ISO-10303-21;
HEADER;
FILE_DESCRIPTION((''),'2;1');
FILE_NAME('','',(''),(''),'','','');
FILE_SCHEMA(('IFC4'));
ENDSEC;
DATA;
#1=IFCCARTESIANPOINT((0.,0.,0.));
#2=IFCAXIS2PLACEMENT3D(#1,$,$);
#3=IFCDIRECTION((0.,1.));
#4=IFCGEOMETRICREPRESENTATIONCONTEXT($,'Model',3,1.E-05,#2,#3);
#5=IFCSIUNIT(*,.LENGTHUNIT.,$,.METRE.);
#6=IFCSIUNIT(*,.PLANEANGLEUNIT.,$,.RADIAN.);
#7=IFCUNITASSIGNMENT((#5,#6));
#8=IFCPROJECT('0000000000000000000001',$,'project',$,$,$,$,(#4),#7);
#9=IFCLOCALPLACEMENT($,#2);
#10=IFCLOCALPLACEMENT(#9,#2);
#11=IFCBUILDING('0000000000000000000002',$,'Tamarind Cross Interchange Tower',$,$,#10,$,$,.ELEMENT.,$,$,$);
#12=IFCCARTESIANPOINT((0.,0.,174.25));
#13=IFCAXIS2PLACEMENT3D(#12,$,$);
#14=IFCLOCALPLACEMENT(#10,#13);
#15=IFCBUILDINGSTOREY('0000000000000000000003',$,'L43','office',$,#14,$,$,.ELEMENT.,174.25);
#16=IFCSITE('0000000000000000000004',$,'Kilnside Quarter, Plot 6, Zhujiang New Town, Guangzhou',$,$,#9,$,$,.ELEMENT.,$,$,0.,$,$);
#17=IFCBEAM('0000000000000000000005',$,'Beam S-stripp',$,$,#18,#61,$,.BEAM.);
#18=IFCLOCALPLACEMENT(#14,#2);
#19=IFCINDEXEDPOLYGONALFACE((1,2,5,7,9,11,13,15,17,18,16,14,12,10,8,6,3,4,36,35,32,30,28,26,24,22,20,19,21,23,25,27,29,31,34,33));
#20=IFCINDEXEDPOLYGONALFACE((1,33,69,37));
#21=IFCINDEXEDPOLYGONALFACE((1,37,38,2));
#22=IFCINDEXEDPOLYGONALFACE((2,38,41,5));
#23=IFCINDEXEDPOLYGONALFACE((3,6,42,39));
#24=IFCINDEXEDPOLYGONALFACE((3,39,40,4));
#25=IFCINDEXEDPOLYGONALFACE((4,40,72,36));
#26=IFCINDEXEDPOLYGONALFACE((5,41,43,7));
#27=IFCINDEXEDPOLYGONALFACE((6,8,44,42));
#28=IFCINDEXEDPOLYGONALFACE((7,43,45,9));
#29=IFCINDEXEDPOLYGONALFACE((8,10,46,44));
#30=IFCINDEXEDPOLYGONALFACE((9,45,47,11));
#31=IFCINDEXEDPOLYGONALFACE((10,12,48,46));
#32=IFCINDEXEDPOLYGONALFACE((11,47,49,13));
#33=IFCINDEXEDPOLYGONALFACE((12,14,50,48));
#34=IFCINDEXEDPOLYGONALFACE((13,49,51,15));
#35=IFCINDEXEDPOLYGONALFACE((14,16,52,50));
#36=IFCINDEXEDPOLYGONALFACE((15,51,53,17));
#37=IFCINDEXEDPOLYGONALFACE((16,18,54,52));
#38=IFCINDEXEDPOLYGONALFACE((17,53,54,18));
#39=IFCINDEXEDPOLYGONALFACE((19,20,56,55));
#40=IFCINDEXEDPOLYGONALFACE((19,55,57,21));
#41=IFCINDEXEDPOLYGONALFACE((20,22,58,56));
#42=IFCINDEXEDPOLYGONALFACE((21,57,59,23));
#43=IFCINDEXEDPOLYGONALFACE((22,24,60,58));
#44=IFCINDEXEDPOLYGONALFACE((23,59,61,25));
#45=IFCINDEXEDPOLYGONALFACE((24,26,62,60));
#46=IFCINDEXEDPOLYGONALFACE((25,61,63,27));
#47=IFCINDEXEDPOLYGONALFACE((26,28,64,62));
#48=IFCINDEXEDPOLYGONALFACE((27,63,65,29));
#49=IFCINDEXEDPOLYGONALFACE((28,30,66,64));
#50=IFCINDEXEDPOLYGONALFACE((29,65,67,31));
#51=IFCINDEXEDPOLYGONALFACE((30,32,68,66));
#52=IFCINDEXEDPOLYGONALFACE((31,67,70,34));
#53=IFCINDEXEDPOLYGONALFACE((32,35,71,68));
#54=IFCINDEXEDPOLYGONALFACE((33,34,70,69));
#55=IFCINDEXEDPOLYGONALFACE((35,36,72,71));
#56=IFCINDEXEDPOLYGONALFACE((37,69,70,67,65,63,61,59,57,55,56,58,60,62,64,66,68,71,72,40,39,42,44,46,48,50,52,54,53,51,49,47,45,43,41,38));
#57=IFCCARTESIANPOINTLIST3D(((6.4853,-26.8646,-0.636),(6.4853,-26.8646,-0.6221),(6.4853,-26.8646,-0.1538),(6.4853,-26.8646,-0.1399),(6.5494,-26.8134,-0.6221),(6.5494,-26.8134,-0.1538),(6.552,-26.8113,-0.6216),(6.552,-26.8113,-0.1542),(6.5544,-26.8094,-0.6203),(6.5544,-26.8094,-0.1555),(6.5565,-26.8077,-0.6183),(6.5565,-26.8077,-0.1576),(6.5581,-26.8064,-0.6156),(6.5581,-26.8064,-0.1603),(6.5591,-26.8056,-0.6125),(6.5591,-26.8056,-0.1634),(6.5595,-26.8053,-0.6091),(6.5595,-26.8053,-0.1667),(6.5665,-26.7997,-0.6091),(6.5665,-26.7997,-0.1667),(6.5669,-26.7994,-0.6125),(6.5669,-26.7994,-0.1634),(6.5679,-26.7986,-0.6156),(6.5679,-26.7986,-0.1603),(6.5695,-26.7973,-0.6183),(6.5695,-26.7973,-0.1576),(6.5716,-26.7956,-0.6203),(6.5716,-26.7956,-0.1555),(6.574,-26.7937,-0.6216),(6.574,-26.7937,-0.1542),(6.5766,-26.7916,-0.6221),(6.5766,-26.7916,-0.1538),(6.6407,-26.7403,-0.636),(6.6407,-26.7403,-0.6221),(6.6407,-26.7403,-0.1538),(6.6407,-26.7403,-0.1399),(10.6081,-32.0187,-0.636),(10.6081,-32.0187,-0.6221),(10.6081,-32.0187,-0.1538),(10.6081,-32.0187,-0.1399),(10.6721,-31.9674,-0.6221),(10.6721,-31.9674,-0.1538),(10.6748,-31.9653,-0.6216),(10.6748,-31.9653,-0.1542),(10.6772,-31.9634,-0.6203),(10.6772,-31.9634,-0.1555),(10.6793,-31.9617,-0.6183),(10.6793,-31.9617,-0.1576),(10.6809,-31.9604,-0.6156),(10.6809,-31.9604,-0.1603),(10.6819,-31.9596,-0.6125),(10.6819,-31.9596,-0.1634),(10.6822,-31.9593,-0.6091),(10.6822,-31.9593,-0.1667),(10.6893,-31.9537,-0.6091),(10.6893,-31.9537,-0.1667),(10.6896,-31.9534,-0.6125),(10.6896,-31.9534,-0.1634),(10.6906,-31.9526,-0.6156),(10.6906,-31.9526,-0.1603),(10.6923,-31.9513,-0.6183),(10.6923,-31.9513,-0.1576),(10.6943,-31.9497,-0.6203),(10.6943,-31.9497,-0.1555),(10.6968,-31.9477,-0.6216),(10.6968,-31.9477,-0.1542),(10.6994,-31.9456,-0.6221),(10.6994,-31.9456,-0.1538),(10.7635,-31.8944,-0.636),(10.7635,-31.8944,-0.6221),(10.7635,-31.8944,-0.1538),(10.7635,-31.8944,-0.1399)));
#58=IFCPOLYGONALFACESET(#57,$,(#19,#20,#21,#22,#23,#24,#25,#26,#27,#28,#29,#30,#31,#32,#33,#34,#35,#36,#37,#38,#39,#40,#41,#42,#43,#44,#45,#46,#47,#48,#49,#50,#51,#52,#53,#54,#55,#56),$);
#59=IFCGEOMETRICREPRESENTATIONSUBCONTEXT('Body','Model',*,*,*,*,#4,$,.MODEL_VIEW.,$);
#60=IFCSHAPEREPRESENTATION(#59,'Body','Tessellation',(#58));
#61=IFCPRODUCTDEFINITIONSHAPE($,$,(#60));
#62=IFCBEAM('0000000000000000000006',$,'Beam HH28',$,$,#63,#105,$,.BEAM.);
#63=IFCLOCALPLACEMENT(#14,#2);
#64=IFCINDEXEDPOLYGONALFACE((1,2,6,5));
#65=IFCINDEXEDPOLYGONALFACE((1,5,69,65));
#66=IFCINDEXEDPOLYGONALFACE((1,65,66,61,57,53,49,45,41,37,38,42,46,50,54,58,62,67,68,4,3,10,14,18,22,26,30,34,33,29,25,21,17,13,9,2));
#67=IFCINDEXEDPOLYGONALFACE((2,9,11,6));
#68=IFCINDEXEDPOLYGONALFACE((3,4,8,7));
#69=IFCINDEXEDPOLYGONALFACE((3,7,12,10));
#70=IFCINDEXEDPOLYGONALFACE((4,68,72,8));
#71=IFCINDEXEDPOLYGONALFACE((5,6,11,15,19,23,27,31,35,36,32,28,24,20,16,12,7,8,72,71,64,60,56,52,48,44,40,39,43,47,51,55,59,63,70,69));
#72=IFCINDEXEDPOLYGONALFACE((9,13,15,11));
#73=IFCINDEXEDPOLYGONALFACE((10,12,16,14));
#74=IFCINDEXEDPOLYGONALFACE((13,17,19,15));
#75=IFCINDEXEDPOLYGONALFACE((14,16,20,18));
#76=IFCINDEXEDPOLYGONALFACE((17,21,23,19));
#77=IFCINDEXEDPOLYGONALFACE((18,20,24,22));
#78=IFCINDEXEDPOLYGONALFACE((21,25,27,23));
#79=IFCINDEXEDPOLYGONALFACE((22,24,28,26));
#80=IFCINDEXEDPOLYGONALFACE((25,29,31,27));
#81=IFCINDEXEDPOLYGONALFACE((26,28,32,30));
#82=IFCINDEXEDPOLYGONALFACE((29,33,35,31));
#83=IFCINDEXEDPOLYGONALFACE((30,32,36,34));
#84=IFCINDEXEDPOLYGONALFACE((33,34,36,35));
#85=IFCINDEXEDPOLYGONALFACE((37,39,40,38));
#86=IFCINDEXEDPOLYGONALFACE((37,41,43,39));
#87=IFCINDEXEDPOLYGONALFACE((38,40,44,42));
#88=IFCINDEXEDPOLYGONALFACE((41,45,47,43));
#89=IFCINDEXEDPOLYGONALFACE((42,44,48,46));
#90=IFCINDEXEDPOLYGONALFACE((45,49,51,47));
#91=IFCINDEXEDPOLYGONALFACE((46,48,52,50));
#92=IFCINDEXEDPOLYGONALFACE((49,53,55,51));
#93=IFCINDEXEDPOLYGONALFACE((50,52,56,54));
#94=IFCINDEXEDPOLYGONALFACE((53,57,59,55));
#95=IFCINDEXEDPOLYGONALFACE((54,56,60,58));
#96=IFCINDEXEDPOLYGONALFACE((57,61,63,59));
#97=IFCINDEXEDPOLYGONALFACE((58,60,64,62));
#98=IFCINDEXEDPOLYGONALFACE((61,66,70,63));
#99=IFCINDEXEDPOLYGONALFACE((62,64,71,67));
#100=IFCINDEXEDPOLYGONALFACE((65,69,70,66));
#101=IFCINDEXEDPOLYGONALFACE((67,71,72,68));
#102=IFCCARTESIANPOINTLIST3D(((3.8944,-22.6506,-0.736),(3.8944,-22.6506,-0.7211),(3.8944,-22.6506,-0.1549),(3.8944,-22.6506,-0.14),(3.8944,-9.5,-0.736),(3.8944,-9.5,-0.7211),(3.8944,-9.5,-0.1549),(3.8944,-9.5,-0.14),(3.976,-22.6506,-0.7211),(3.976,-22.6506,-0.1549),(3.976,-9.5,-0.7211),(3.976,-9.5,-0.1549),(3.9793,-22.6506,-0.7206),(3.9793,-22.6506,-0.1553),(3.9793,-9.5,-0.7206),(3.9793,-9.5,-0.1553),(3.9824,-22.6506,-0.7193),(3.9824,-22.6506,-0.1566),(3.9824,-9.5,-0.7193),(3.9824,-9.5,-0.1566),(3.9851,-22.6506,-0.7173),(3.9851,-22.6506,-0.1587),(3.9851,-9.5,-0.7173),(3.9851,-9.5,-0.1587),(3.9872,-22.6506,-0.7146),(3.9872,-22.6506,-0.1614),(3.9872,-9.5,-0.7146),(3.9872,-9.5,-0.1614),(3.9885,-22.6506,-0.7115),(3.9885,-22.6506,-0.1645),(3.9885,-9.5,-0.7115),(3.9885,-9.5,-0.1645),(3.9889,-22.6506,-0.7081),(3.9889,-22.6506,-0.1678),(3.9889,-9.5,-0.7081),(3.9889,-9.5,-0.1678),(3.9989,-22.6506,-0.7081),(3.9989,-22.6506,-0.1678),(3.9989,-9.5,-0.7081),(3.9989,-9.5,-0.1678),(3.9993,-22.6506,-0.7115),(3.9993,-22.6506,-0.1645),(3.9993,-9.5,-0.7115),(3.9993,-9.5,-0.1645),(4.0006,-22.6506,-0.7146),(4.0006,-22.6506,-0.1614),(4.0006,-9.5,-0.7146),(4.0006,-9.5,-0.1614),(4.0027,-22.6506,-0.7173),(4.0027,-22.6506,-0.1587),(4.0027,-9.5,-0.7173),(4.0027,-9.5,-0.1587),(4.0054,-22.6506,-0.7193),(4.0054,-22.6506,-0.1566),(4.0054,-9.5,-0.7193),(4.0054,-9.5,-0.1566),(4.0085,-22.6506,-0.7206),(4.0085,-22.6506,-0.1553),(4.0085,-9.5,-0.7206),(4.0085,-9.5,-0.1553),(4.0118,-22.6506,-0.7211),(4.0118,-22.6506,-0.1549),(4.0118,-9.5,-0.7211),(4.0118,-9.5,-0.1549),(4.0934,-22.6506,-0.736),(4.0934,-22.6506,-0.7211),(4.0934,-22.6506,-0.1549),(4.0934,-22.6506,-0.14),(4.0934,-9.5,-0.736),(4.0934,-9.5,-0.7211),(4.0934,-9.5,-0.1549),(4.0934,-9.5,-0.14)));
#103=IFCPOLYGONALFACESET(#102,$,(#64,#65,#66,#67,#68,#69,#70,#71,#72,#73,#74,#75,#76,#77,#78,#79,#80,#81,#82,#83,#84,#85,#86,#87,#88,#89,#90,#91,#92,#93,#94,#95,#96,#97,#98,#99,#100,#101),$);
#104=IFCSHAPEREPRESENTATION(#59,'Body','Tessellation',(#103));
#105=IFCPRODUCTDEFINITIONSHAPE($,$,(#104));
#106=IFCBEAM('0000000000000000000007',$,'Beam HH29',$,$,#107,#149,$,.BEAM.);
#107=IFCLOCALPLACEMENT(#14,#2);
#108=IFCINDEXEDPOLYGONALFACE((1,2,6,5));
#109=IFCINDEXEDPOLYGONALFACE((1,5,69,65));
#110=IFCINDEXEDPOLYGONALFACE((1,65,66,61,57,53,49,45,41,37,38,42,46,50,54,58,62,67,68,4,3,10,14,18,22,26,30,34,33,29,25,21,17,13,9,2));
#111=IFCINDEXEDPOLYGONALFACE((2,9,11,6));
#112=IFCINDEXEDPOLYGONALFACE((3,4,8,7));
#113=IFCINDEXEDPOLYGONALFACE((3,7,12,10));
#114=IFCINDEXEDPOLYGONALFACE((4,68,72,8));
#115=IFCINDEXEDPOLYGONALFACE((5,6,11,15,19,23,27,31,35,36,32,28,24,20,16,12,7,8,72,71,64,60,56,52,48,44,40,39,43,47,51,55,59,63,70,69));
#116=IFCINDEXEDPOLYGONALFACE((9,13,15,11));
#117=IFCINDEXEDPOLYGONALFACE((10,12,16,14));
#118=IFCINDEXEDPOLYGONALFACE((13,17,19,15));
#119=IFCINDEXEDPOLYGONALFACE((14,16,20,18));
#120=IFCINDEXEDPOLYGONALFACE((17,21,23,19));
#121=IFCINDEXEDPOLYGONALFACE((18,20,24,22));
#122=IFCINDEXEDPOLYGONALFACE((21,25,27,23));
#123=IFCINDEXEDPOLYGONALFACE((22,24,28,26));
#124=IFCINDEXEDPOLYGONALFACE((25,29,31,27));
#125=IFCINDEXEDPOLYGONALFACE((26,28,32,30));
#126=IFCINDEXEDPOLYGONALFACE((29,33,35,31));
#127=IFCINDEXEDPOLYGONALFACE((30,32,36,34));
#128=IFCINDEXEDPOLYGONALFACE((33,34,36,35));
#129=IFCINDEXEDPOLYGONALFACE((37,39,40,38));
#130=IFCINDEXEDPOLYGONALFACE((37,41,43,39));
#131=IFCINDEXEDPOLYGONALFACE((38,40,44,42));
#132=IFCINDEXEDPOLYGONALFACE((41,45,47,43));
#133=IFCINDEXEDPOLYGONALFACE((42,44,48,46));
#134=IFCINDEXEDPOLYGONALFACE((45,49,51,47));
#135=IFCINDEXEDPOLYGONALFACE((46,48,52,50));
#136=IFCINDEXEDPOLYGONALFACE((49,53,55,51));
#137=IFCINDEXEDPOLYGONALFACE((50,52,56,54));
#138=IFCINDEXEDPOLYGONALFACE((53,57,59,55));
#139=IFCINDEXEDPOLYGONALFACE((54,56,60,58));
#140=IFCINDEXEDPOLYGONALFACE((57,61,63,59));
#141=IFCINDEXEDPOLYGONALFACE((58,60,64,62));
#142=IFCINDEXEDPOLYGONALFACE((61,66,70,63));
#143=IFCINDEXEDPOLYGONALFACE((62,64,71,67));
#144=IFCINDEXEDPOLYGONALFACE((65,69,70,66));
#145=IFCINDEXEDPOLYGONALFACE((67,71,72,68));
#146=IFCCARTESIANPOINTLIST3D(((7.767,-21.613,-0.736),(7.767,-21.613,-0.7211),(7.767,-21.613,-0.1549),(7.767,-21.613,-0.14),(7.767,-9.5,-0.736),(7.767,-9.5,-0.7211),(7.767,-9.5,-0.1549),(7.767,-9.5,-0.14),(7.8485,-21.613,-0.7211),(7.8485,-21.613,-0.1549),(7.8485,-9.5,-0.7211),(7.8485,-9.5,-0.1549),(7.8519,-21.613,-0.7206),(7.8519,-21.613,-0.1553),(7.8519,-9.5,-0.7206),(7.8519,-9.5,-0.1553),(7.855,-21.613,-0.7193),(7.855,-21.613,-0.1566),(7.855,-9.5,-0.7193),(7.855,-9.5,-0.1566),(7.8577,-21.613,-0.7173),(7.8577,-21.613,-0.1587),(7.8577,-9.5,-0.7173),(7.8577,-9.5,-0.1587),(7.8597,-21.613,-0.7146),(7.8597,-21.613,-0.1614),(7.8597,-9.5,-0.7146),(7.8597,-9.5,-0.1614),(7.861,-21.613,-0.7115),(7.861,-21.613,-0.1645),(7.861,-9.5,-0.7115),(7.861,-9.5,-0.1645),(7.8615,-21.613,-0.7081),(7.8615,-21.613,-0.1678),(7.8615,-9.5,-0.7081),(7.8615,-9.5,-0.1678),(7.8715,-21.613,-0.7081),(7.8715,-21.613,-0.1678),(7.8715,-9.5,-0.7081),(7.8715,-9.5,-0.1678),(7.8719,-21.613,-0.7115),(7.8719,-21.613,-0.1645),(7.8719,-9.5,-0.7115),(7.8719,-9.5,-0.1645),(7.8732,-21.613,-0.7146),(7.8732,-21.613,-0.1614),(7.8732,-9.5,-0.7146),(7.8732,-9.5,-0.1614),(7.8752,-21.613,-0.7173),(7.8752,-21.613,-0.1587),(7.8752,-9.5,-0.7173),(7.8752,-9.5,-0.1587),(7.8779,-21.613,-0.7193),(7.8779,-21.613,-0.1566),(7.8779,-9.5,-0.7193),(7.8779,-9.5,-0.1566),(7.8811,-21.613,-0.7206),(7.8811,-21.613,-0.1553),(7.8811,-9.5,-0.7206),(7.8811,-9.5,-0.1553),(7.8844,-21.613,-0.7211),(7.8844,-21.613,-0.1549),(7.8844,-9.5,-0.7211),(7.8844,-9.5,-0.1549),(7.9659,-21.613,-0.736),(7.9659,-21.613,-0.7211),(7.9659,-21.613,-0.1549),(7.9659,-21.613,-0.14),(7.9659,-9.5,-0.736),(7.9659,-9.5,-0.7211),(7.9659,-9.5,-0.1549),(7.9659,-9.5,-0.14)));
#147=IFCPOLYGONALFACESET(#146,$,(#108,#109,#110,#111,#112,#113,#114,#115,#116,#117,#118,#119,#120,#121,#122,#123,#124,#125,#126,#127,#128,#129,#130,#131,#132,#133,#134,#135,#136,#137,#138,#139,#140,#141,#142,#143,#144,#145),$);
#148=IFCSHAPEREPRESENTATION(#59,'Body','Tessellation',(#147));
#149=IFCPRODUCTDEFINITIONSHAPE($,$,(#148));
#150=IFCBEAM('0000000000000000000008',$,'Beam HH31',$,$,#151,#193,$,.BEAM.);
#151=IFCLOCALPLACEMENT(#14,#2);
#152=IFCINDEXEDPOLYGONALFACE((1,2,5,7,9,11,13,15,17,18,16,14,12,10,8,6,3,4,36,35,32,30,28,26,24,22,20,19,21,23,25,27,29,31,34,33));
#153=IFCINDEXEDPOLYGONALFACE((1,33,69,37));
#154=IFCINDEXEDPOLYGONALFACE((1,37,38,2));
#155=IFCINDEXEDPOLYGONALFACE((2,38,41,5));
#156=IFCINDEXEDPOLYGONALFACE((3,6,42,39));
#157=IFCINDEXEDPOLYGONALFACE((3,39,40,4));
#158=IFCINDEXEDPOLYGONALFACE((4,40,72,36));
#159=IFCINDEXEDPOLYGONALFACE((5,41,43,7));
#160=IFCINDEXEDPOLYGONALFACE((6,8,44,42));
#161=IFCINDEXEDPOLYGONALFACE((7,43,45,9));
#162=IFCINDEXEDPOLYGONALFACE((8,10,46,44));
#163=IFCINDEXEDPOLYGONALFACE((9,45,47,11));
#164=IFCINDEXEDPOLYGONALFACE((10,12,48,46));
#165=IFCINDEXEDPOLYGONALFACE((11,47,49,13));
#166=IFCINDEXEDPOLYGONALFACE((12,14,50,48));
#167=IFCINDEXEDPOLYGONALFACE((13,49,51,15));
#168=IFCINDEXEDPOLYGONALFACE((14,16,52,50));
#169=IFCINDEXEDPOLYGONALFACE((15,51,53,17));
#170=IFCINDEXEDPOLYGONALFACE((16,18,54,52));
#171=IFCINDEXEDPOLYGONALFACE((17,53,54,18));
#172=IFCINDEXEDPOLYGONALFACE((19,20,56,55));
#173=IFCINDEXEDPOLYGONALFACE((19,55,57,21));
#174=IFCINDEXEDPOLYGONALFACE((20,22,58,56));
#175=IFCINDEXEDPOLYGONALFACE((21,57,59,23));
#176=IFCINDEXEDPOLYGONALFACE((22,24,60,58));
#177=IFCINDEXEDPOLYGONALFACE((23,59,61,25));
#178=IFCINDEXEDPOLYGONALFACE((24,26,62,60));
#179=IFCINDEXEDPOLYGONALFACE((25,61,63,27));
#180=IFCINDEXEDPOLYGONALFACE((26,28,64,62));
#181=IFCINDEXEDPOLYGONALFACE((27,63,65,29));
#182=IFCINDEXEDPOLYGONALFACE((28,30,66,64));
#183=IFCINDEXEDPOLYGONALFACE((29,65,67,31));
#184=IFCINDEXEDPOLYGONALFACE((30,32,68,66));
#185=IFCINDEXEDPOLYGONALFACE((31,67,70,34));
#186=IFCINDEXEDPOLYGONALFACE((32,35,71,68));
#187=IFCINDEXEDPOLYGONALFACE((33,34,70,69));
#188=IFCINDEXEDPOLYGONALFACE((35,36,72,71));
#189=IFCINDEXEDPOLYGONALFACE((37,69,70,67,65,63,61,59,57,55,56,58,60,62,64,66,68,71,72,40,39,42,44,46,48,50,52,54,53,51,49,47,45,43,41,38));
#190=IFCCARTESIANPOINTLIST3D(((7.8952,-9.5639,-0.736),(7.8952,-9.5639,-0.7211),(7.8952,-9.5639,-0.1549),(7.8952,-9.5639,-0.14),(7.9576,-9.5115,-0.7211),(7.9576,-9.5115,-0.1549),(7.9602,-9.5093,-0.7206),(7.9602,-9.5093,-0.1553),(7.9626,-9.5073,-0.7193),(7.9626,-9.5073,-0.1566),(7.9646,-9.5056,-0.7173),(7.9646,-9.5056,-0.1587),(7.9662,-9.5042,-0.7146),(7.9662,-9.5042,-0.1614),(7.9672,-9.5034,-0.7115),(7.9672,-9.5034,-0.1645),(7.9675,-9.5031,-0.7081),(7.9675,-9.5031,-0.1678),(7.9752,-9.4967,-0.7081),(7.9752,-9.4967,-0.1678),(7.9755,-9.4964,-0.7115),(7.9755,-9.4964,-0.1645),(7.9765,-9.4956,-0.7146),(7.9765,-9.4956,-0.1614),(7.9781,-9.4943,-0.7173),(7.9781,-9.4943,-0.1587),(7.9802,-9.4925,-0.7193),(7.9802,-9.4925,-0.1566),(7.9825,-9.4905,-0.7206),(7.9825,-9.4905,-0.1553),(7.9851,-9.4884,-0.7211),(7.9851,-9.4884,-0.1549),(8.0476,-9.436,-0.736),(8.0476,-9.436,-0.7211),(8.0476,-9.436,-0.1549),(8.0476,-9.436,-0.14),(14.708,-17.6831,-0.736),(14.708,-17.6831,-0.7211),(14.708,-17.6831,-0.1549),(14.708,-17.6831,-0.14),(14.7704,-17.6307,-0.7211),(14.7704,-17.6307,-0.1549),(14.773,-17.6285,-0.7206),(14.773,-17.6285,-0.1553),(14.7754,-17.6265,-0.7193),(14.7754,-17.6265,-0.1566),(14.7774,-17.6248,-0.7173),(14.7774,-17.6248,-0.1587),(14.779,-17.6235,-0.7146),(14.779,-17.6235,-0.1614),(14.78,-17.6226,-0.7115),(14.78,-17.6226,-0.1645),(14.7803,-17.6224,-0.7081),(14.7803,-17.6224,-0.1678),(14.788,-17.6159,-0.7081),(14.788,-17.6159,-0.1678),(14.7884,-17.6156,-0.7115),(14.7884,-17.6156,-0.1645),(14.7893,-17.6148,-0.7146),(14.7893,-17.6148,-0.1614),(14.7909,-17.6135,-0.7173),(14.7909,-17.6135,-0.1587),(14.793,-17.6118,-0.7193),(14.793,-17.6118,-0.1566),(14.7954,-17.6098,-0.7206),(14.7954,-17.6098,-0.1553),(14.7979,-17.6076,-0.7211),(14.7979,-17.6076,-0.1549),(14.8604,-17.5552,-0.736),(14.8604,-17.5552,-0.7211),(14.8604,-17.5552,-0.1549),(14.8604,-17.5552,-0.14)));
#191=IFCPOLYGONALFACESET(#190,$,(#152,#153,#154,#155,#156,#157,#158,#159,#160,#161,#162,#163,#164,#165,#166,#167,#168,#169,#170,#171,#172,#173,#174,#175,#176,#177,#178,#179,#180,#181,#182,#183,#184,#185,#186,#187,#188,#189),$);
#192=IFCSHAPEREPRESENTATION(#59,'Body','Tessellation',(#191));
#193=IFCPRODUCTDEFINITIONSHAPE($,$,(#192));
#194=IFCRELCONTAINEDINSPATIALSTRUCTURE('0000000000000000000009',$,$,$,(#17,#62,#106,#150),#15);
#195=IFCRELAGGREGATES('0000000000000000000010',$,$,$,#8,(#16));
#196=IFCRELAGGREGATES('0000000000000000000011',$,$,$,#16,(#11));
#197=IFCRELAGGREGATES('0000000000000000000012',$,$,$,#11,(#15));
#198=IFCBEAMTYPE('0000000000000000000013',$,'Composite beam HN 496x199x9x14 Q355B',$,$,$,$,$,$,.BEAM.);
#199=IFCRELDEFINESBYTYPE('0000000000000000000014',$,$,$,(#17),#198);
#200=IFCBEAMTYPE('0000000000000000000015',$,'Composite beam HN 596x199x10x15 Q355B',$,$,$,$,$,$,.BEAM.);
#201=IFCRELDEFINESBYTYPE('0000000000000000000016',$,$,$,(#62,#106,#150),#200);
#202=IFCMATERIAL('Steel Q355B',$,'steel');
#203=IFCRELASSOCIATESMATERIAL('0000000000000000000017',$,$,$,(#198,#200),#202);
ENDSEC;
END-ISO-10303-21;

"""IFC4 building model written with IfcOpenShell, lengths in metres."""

from ifc_helpers import new_model, si_unit, direction, frame, origin, origin_2d, place, context, subcontext, project, spatial, i_section, extrude, material, material_profile, profile_set, type_object, element, save


model = new_model("IFC4")

# Units and contexts
model_context = context("Model", 3, precision=1e-05, world=origin(), true_north=direction((0.0, 1.0)))
body_context = subcontext(model_context, "Body", "Model", "MODEL_VIEW")
ifc_project = project(units=[si_unit("LENGTHUNIT", "METRE"), si_unit("PLANEANGLEUNIT", "RADIAN")], contexts=[model_context])

# Site, building, storey
site_placement = place(None, origin())
site = spatial("IfcSite", under=ifc_project, at=site_placement, Name="Kilnside Quarter, Plot 6, Zhujiang New Town, Guangzhou", CompositionType="ELEMENT", RefElevation=0.0)
building_placement = place(site_placement, origin())
building = spatial("IfcBuilding", under=site, at=building_placement, Name="Tamarind Cross Interchange Tower", CompositionType="ELEMENT")
storey_placement = place(building_placement, frame((0.0, 0.0, 174.25)))
storey = spatial("IfcBuildingStorey", under=building, at=storey_placement, Name="L43", Description="office", CompositionType="ELEMENT", Elevation=174.25)

# Beams
ifc_material_1 = material(Name="Steel Q355B", Category="steel")
ifc_material_profile_1 = material_profile(ifc_material_1, i_section(OverallWidth=0.199, OverallDepth=0.4961, WebThickness=0.009, FlangeThickness=0.0139, FilletRadius=0.0129, at=origin_2d()), Name="HN 496x199x9x14")
ifc_profile_set_1 = profile_set([ifc_material_profile_1], Name="Steel Q355B")
beam_type_1 = type_object("IfcBeamType", Name="Composite beam HN 496x199x9x14 Q355B", PredefinedType="BEAM", material=ifc_profile_set_1)
beam_1_placement = place(storey_placement, frame((6.563, -26.8025, -0.3879), z_axis=(0.624654, -0.780901, 0.0), x_axis=(0.780901, 0.624654, 0.0)))
element("IfcBeam", 1, at=beam_1_placement, inside=storey, type_object=beam_type_1, Name="Beam S-stripp", PredefinedType="BEAM", context=body_context, shape_type="SweptSolid", body=[
    extrude(i_section(OverallWidth=0.199, OverallDepth=0.4961, WebThickness=0.009, FlangeThickness=0.0139, FilletRadius=0.0129, at=origin_2d()), origin(), (0.0, 0.0, 1.0), 6.6001),
])
ifc_material_profile_2 = material_profile(ifc_material_1, i_section(OverallWidth=0.199, OverallDepth=0.5959, WebThickness=0.01, FlangeThickness=0.0149, FilletRadius=0.0129, at=origin_2d()), Name="HN 596x199x10x15")
ifc_profile_set_2 = profile_set([ifc_material_profile_2], Name="Steel Q355B")
beam_type_2 = type_object("IfcBeamType", Name="Composite beam HN 596x199x10x15 Q355B", PredefinedType="BEAM", material=ifc_profile_set_2)
beam_2_placement = place(storey_placement, frame((3.9939, -22.6506, -0.438), z_axis=(0.0, 1.0, 0.0), x_axis=(-1.0, 0.0, 0.0)))
element("IfcBeam", 2, at=beam_2_placement, inside=storey, type_object=beam_type_2, Name="Beam HH28", PredefinedType="BEAM", context=body_context, shape_type="SweptSolid", body=[
    extrude(i_section(OverallWidth=0.199, OverallDepth=0.5959, WebThickness=0.01, FlangeThickness=0.0149, FilletRadius=0.0129, at=origin_2d()), origin(), (0.0, 0.0, 1.0), 13.1506),
])
beam_3_placement = place(storey_placement, frame((7.8665, -21.613, -0.438), z_axis=(0.0, 1.0, 0.0), x_axis=(-1.0, 0.0, 0.0)))
element("IfcBeam", 3, at=beam_3_placement, inside=storey, type_object=beam_type_2, Name="Beam HH29", PredefinedType="BEAM", context=body_context, shape_type="SweptSolid", body=[
    extrude(i_section(OverallWidth=0.199, OverallDepth=0.5959, WebThickness=0.01, FlangeThickness=0.0149, FilletRadius=0.0129, at=origin_2d()), origin(), (0.0, 0.0, 1.0), 12.113),
])
beam_4_placement = place(storey_placement, frame((14.7842, -17.6191, -0.438), z_axis=(-0.642786, 0.766046, 0.0), x_axis=(-0.766046, -0.642786, 0.0)))
element("IfcBeam", 4, at=beam_4_placement, inside=storey, type_object=beam_type_2, Name="Beam HH31", PredefinedType="BEAM", context=body_context, shape_type="SweptSolid", body=[
    extrude(i_section(OverallWidth=0.199, OverallDepth=0.5959, WebThickness=0.01, FlangeThickness=0.0149, FilletRadius=0.0129, at=origin_2d()), origin(), (0.0, 0.0, 1.0), 10.5989),
])

save(model, "model.ifc")
